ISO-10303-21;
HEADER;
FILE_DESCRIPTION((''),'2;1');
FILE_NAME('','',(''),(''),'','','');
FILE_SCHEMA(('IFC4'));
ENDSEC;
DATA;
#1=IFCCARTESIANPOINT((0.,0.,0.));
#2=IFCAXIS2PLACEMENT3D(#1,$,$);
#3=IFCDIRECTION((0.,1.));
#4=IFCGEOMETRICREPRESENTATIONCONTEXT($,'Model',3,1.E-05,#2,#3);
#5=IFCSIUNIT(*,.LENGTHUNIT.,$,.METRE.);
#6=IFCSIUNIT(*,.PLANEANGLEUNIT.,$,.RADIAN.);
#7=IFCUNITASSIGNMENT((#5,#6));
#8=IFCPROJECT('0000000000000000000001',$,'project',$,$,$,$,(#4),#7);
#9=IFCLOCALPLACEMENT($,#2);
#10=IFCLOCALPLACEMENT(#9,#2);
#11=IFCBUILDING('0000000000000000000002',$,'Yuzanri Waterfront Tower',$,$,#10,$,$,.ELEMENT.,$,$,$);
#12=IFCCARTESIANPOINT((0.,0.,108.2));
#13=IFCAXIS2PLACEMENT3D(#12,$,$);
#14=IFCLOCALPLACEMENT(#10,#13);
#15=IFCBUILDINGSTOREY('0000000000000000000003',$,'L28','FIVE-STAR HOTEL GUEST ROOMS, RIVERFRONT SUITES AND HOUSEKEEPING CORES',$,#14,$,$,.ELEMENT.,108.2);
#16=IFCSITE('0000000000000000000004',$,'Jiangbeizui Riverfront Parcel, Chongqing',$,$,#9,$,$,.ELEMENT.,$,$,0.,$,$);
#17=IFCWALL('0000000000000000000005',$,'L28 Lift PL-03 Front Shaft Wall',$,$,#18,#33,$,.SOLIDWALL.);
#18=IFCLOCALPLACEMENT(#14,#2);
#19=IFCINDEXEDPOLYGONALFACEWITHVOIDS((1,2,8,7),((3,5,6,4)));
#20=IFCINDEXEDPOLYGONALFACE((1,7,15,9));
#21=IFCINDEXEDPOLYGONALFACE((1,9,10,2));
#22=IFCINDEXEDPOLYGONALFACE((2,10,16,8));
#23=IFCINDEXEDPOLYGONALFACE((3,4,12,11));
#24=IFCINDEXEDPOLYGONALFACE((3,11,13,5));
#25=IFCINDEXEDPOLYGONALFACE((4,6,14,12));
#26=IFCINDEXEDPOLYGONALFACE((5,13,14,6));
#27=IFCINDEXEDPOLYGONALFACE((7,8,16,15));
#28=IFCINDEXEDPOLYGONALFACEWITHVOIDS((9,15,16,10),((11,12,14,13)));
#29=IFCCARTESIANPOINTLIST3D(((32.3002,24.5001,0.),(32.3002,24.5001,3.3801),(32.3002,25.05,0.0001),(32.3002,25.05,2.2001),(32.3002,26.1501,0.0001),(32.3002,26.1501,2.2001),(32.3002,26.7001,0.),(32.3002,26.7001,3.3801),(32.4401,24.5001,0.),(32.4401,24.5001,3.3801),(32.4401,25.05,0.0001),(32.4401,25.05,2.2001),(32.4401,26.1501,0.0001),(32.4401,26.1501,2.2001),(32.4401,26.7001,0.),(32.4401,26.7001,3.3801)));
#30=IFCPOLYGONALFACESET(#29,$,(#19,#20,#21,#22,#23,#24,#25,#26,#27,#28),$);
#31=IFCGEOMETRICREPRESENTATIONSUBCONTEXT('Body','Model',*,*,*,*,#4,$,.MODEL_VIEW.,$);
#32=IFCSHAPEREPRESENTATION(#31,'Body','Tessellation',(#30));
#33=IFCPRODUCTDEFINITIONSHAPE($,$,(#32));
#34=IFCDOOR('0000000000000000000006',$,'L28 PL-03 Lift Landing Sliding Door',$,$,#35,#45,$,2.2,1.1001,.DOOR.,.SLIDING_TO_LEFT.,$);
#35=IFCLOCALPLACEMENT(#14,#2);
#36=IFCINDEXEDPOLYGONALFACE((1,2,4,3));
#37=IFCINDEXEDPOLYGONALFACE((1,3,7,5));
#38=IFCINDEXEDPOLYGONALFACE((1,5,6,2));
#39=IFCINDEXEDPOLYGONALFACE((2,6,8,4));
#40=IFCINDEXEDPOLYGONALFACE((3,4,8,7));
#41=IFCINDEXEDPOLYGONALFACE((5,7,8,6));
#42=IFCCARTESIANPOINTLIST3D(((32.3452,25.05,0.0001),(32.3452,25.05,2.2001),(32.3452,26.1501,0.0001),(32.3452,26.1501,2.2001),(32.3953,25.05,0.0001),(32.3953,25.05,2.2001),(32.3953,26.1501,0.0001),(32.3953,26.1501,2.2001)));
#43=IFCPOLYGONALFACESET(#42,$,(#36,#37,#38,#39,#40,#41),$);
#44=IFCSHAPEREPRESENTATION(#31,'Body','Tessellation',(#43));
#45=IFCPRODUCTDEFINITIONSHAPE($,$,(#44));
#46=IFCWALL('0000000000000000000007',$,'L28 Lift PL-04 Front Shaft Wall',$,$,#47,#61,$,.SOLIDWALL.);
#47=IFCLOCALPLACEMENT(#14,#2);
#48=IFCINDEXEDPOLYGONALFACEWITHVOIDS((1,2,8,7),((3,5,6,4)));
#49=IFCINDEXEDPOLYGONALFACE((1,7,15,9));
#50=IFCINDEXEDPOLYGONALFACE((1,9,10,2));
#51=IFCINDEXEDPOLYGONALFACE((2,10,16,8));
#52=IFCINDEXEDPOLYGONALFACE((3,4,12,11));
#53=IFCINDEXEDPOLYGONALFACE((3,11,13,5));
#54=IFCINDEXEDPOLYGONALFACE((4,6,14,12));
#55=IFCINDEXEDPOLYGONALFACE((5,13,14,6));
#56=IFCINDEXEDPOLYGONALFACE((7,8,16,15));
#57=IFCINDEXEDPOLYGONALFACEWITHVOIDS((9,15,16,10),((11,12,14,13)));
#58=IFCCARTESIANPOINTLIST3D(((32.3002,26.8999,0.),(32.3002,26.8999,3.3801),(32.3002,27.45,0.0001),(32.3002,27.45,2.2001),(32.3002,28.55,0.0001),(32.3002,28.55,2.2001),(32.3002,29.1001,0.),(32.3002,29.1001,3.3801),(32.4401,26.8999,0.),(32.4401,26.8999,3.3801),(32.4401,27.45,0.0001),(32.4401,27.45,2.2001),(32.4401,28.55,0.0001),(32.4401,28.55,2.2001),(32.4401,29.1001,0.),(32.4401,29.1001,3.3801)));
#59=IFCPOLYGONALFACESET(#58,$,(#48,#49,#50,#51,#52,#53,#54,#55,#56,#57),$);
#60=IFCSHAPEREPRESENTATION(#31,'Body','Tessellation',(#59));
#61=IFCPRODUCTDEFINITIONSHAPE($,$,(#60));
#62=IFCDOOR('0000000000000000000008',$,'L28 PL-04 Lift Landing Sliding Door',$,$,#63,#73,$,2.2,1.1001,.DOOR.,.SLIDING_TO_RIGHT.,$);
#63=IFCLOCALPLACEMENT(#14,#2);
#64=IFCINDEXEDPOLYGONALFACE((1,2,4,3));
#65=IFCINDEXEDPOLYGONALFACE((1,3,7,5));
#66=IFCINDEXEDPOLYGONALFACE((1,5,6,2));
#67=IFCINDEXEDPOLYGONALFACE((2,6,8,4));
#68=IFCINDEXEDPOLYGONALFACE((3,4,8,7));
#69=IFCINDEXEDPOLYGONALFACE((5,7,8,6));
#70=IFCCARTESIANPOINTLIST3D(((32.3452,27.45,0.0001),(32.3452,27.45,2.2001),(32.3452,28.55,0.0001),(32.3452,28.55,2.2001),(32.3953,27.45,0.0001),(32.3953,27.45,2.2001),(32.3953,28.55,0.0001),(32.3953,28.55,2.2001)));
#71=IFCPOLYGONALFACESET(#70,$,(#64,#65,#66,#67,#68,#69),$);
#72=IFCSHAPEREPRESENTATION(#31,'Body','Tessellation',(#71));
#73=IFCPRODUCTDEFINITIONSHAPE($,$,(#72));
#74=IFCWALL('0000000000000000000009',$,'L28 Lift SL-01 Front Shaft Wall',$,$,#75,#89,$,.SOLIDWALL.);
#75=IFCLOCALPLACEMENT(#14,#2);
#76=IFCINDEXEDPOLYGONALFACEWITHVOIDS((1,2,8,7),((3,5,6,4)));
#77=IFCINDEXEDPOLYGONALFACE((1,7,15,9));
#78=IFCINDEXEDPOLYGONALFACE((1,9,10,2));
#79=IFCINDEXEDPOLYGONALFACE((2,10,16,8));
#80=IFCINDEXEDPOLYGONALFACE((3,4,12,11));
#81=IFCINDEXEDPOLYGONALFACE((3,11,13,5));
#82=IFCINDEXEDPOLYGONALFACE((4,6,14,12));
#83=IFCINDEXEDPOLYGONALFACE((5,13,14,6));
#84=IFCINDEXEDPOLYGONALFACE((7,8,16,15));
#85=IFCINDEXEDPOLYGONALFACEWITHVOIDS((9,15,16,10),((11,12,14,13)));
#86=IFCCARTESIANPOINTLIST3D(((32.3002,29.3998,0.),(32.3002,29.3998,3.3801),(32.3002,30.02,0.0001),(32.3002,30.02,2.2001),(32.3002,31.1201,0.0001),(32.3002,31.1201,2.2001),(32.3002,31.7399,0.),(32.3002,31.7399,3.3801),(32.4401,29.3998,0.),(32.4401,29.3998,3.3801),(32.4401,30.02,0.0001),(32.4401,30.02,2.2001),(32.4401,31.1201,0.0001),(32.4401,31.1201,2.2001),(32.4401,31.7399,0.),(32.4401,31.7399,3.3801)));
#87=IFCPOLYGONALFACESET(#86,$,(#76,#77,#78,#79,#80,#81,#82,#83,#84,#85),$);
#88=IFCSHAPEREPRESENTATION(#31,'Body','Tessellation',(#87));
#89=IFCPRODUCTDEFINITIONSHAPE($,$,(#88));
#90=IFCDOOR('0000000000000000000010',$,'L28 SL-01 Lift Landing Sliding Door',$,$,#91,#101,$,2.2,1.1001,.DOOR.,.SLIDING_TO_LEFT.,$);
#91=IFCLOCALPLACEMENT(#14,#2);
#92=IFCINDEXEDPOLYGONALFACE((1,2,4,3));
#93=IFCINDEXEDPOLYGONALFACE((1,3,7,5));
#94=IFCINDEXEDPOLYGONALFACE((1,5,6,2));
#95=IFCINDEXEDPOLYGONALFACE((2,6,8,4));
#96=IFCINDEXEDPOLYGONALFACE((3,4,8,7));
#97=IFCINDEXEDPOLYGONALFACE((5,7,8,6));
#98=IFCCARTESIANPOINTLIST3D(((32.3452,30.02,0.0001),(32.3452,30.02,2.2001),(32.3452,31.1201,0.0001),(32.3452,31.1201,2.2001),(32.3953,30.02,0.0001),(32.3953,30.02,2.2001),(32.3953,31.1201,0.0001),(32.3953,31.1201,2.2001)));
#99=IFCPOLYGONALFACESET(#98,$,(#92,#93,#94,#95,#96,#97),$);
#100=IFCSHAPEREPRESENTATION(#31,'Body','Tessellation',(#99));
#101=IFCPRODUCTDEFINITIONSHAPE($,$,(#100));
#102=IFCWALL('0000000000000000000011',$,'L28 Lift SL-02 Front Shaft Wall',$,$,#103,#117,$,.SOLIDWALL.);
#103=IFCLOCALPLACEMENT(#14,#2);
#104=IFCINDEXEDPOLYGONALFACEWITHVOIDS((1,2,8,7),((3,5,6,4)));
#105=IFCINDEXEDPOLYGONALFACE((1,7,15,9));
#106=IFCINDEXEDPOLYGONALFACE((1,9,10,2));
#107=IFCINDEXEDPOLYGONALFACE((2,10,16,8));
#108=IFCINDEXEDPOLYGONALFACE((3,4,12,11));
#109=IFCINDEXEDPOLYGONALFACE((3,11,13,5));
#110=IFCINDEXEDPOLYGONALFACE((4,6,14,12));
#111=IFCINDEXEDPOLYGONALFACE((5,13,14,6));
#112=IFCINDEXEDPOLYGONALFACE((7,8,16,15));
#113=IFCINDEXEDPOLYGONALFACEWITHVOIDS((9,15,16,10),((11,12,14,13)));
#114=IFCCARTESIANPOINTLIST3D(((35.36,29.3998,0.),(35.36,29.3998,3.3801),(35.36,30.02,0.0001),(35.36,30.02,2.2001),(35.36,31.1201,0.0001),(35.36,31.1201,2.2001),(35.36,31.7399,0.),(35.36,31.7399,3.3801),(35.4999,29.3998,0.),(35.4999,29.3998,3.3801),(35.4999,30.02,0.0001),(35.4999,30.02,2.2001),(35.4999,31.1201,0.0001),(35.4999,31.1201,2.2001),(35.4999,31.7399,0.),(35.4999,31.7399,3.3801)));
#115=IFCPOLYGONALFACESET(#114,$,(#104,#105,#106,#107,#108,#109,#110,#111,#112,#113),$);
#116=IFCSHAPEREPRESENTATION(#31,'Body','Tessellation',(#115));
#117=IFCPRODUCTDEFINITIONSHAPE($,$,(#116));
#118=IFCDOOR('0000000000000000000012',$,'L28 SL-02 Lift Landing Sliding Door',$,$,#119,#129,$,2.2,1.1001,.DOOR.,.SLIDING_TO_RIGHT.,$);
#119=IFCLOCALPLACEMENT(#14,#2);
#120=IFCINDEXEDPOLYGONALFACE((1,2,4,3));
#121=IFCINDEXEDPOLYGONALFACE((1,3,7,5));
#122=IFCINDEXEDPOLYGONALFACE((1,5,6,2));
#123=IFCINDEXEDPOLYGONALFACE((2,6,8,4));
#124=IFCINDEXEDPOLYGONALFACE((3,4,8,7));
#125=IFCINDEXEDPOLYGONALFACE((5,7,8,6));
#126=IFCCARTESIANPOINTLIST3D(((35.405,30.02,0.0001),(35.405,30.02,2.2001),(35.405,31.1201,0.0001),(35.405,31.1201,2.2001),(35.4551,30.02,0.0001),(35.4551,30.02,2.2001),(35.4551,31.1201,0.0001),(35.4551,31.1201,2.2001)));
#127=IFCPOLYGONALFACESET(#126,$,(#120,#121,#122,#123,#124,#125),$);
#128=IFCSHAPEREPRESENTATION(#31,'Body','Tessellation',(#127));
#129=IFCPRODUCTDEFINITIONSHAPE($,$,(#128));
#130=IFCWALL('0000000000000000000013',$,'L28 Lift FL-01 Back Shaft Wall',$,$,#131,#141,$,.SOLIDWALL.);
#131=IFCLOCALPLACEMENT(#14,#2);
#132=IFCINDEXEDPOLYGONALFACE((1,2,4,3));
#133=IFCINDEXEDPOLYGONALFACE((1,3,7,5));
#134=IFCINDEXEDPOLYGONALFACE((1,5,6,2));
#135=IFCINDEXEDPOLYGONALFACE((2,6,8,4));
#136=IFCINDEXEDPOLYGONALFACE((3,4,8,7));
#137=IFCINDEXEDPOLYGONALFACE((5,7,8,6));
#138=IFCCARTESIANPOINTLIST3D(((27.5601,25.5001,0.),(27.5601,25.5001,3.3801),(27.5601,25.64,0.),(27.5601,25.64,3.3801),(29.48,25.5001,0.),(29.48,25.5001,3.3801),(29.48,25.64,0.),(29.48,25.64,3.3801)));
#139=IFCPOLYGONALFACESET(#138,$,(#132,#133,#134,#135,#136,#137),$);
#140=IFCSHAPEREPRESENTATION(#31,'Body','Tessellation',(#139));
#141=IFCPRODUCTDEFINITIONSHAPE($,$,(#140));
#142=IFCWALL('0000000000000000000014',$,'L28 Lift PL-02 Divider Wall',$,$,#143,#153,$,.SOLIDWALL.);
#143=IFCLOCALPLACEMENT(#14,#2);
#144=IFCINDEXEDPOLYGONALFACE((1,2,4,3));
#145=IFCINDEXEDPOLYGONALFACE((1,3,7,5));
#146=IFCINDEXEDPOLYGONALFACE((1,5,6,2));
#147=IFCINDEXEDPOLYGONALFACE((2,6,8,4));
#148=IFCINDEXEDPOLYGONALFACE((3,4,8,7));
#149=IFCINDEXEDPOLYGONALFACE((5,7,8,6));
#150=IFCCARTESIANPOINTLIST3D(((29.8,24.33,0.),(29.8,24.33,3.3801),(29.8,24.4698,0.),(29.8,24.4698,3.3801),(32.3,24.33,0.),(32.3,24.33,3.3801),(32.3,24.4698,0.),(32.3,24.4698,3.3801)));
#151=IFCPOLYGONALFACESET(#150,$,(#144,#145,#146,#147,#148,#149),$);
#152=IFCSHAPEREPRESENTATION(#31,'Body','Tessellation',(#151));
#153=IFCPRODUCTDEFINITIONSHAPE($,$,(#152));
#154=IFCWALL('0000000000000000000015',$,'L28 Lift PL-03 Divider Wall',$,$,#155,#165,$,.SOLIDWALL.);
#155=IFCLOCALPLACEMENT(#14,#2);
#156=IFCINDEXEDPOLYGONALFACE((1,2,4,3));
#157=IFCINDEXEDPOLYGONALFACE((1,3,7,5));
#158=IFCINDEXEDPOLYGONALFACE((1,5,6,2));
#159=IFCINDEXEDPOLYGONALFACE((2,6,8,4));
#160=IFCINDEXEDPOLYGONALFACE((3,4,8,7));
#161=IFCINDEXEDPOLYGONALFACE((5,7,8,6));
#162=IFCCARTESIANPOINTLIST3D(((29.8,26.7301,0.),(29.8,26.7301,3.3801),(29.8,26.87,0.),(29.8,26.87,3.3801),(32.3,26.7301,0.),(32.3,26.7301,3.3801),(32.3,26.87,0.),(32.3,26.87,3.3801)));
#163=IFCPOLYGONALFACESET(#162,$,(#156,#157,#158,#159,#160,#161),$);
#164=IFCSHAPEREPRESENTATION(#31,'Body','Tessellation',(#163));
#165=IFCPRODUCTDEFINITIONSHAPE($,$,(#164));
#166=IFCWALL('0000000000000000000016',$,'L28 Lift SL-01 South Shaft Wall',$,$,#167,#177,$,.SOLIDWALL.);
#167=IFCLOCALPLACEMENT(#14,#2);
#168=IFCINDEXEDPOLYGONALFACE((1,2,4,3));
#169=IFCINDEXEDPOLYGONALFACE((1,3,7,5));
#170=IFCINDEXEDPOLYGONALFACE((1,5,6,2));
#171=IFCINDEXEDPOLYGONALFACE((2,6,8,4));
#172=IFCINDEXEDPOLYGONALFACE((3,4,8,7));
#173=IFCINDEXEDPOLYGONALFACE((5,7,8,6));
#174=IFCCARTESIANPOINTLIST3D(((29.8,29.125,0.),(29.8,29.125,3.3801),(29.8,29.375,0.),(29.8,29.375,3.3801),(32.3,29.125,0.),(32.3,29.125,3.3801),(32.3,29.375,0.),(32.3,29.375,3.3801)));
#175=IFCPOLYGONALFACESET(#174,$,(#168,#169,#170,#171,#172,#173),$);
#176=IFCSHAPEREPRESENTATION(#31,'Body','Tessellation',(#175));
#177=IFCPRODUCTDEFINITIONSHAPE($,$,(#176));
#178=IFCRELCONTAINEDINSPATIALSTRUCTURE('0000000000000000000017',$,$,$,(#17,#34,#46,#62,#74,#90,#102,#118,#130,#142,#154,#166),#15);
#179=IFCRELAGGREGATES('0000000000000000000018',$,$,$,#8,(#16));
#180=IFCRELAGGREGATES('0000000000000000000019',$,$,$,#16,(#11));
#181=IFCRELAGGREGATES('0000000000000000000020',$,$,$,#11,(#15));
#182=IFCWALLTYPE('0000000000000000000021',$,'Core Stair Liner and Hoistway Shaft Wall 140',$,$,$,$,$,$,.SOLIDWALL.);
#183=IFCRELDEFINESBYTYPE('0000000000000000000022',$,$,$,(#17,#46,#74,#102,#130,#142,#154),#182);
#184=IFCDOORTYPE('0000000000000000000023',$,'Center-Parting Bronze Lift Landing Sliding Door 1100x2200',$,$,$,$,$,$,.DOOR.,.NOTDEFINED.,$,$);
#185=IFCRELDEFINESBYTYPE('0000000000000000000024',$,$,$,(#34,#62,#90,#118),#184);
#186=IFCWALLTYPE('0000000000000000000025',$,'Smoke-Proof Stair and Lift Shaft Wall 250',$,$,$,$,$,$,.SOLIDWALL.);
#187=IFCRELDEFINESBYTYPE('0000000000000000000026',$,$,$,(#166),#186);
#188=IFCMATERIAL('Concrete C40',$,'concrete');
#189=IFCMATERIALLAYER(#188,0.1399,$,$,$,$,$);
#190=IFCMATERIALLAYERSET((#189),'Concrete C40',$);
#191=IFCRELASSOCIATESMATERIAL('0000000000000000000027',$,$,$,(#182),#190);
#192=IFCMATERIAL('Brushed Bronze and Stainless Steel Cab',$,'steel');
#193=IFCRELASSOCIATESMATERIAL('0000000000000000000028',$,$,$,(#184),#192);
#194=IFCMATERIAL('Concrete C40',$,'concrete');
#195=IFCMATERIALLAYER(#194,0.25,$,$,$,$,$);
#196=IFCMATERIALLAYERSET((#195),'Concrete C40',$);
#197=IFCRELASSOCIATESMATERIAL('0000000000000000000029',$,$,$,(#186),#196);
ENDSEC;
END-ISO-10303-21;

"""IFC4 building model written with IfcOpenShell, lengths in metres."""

from ifc_helpers import new_model, si_unit, direction, frame, frame_2d, origin, place, context, subcontext, project, spatial, rectangle, extrude, source, transform, mapped, material, layer, layer_set, type_object, element, fill, save


model = new_model("IFC4")

# Units and contexts
model_context = context("Model", 3, precision=1e-05, world=origin(), true_north=direction((0.0, 1.0)))
body_context = subcontext(model_context, "Body", "Model", "MODEL_VIEW")
ifc_project = project(units=[si_unit("LENGTHUNIT", "METRE"), si_unit("PLANEANGLEUNIT", "RADIAN")], contexts=[model_context])

# Site, building, storey
site_placement = place(None, origin())
site = spatial("IfcSite", under=ifc_project, at=site_placement, Name="Jiangbeizui Riverfront Parcel, Chongqing", CompositionType="ELEMENT", RefElevation=0.0)
building_placement = place(site_placement, origin())
building = spatial("IfcBuilding", under=site, at=building_placement, Name="Yuzanri Waterfront Tower", CompositionType="ELEMENT")
storey_placement = place(building_placement, frame((0.0, 0.0, 108.2)))
storey = spatial("IfcBuildingStorey", under=building, at=storey_placement, Name="L28", Description="FIVE-STAR HOTEL GUEST ROOMS, RIVERFRONT SUITES AND HOUSEKEEPING CORES", CompositionType="ELEMENT", Elevation=108.2)

# Walls, openings, doors
ifc_material_1 = material(Name="Concrete C40", Category="concrete")
ifc_layer_1 = layer(ifc_material_1, 0.1399)
ifc_layer_set_1 = layer_set([ifc_layer_1], Name="Concrete C40")
wall_type_1 = type_object("IfcWallType", Name="Core Stair Liner and Hoistway Shaft Wall 140", PredefinedType="SOLIDWALL", material=ifc_layer_set_1)
wall_1_placement = place(storey_placement, frame((32.3701, 24.5, 0.0), z_axis=(0.0, 0.0, 1.0), x_axis=(0.0, 1.0, 0.0)))
wall_1 = element("IfcWall", 1, at=wall_1_placement, inside=storey, type_object=wall_type_1, Name="L28 Lift PL-03 Front Shaft Wall", PredefinedType="SOLIDWALL", context=body_context, shape_type="SweptSolid", body=[
    extrude(rectangle(XDim=2.2, YDim=0.1399, at=frame_2d((1.1001, 0.0))), origin(), (0.0, 0.0, 1.0), 3.3801),
])
opening_1_placement = place(wall_1_placement, frame((0.55, 0.0, 0.0)))
opening_1 = element("IfcOpeningElement", 2, at=opening_1_placement, cuts=wall_1, PredefinedType="OPENING", context=body_context, shape_type="SweptSolid", body=[
    extrude(rectangle(XDim=1.1001, YDim=2.2, at=frame_2d((0.55, 1.1001))), frame((0.0, 0.085, 0.0), z_axis=(0.0, -1.0, 0.0), x_axis=(1.0, 0.0, 0.0)), (0.0, 0.0, 1.0), 0.1697),
])
ifc_material_2 = material(Name="Brushed Bronze and Stainless Steel Cab", Category="steel")
door_type_1 = type_object("IfcDoorType", Name="Center-Parting Bronze Lift Landing Sliding Door 1100x2200", OperationType="NOTDEFINED", PredefinedType="DOOR", material=ifc_material_2)
shared_shape_1 = source(origin(), body_context, "Body", "SweptSolid", [
    extrude(rectangle(XDim=1.1001, YDim=2.2, at=frame_2d((0.55, 1.1001))), frame((0.0, 0.0249, 0.0), z_axis=(0.0, -1.0, 0.0), x_axis=(1.0, 0.0, 0.0)), (0.0, 0.0, 1.0), 0.05),
])
door_1_placement = place(opening_1_placement, origin())
door_1 = element("IfcDoor", 3, at=door_1_placement, inside=storey, type_object=door_type_1, Name="L28 PL-03 Lift Landing Sliding Door", OperationType="SLIDING_TO_LEFT", OverallHeight=2.2, OverallWidth=1.1001, PredefinedType="DOOR", context=body_context, shape_type="MappedRepresentation", body=[
    mapped(shared_shape_1, transform((0.0, 0.0, 0.0), scale=1.0)),
])
fill(opening_1, door_1)
wall_2_placement = place(storey_placement, frame((32.3701, 26.8999, 0.0), z_axis=(0.0, 0.0, 1.0), x_axis=(0.0, 1.0, 0.0)))
wall_2 = element("IfcWall", 4, at=wall_2_placement, inside=storey, type_object=wall_type_1, Name="L28 Lift PL-04 Front Shaft Wall", PredefinedType="SOLIDWALL", context=body_context, shape_type="SweptSolid", body=[
    extrude(rectangle(XDim=2.2002, YDim=0.1399, at=frame_2d((1.1001, 0.0))), origin(), (0.0, 0.0, 1.0), 3.3801),
])
opening_2_placement = place(wall_2_placement, frame((0.55, 0.0, 0.0)))
opening_2 = element("IfcOpeningElement", 5, at=opening_2_placement, cuts=wall_2, PredefinedType="OPENING", context=body_context, shape_type="SweptSolid", body=[
    extrude(rectangle(XDim=1.1001, YDim=2.2, at=frame_2d((0.55, 1.1001))), frame((0.0, 0.085, 0.0), z_axis=(0.0, -1.0, 0.0), x_axis=(1.0, 0.0, 0.0)), (0.0, 0.0, 1.0), 0.1697),
])
door_2_placement = place(opening_2_placement, origin())
door_2 = element("IfcDoor", 6, at=door_2_placement, inside=storey, type_object=door_type_1, Name="L28 PL-04 Lift Landing Sliding Door", OperationType="SLIDING_TO_RIGHT", OverallHeight=2.2, OverallWidth=1.1001, PredefinedType="DOOR", context=body_context, shape_type="MappedRepresentation", body=[
    mapped(shared_shape_1, transform((0.0, 0.0, 0.0), scale=1.0)),
])
fill(opening_2, door_2)
wall_3_placement = place(storey_placement, frame((32.3701, 29.3999, 0.0), z_axis=(0.0, 0.0, 1.0), x_axis=(0.0, 1.0, 0.0)))
wall_3 = element("IfcWall", 7, at=wall_3_placement, inside=storey, type_object=wall_type_1, Name="L28 Lift SL-01 Front Shaft Wall", PredefinedType="SOLIDWALL", context=body_context, shape_type="SweptSolid", body=[
    extrude(rectangle(XDim=2.3401, YDim=0.1399, at=frame_2d((1.1699, 0.0))), origin(), (0.0, 0.0, 1.0), 3.3801),
])
opening_3_placement = place(wall_3_placement, frame((0.6201, 0.0, 0.0)))
opening_3 = element("IfcOpeningElement", 8, at=opening_3_placement, cuts=wall_3, PredefinedType="OPENING", context=body_context, shape_type="SweptSolid", body=[
    extrude(rectangle(XDim=1.1001, YDim=2.2, at=frame_2d((0.55, 1.1001))), frame((0.0, 0.085, 0.0), z_axis=(0.0, -1.0, 0.0), x_axis=(1.0, 0.0, 0.0)), (0.0, 0.0, 1.0), 0.1697),
])
door_3_placement = place(opening_3_placement, origin())
door_3 = element("IfcDoor", 9, at=door_3_placement, inside=storey, type_object=door_type_1, Name="L28 SL-01 Lift Landing Sliding Door", OperationType="SLIDING_TO_LEFT", OverallHeight=2.2, OverallWidth=1.1001, PredefinedType="DOOR", context=body_context, shape_type="MappedRepresentation", body=[
    mapped(shared_shape_1, transform((0.0, 0.0, 0.0), scale=1.0)),
])
fill(opening_3, door_3)
wall_4_placement = place(storey_placement, frame((35.4299, 29.3999, 0.0), z_axis=(0.0, 0.0, 1.0), x_axis=(0.0, 1.0, 0.0)))
wall_4 = element("IfcWall", 10, at=wall_4_placement, inside=storey, type_object=wall_type_1, Name="L28 Lift SL-02 Front Shaft Wall", PredefinedType="SOLIDWALL", context=body_context, shape_type="SweptSolid", body=[
    extrude(rectangle(XDim=2.3401, YDim=0.1399, at=frame_2d((1.1699, 0.0))), origin(), (0.0, 0.0, 1.0), 3.3801),
])
opening_4_placement = place(wall_4_placement, frame((0.6201, 0.0, 0.0)))
opening_4 = element("IfcOpeningElement", 11, at=opening_4_placement, cuts=wall_4, PredefinedType="OPENING", context=body_context, shape_type="SweptSolid", body=[
    extrude(rectangle(XDim=1.1001, YDim=2.2, at=frame_2d((0.55, 1.1001))), frame((0.0, 0.085, 0.0), z_axis=(0.0, -1.0, 0.0), x_axis=(1.0, 0.0, 0.0)), (0.0, 0.0, 1.0), 0.1697),
])
door_4_placement = place(opening_4_placement, origin())
door_4 = element("IfcDoor", 12, at=door_4_placement, inside=storey, type_object=door_type_1, Name="L28 SL-02 Lift Landing Sliding Door", OperationType="SLIDING_TO_RIGHT", OverallHeight=2.2, OverallWidth=1.1001, PredefinedType="DOOR", context=body_context, shape_type="MappedRepresentation", body=[
    mapped(shared_shape_1, transform((0.0, 0.0, 0.0), scale=1.0)),
])
fill(opening_4, door_4)

# Walls
shared_shape_2 = source(origin(), body_context, "Body", "SweptSolid", [
    extrude(rectangle(XDim=1.9199, YDim=0.1399, at=frame_2d((0.96, 0.0))), origin(), (0.0, 0.0, 1.0), 3.3801),
])
wall_5_placement = place(storey_placement, frame((27.5601, 25.5701, 0.0), z_axis=(0.0, 0.0, 1.0), x_axis=(1.0, 0.0, 0.0)))
element("IfcWall", 13, at=wall_5_placement, inside=storey, type_object=wall_type_1, Name="L28 Lift FL-01 Back Shaft Wall", PredefinedType="SOLIDWALL", context=body_context, shape_type="MappedRepresentation", body=[
    mapped(shared_shape_2, transform((0.0, 0.0, 0.0), scale=1.0)),
])
shared_shape_3 = source(origin(), body_context, "Body", "SweptSolid", [
    extrude(rectangle(XDim=2.5, YDim=0.1399, at=frame_2d((1.25, 0.0))), origin(), (0.0, 0.0, 1.0), 3.3801),
])
for number, where, z_axis, x_axis, name in (
    (14, (29.8, 24.3999, 0.0), (0.0, 0.0, 1.0), (1.0, 0.0, 0.0), "L28 Lift PL-02 Divider Wall"),
    (15, (29.8, 26.8, 0.0), (0.0, 0.0, 1.0), (1.0, 0.0, 0.0), "L28 Lift PL-03 Divider Wall"),
):
    element("IfcWall", number, at=place(storey_placement, frame(where, z_axis=z_axis, x_axis=x_axis)), inside=storey, type_object=wall_type_1, Name=name, PredefinedType="SOLIDWALL", context=body_context, shape_type="MappedRepresentation", body=[
        mapped(shared_shape_3, transform((0.0, 0.0, 0.0), scale=1.0)),
    ])
ifc_material_3 = material(Name="Concrete C40", Category="concrete")
ifc_layer_2 = layer(ifc_material_3, 0.25)
ifc_layer_set_2 = layer_set([ifc_layer_2], Name="Concrete C40")
wall_type_2 = type_object("IfcWallType", Name="Smoke-Proof Stair and Lift Shaft Wall 250", PredefinedType="SOLIDWALL", material=ifc_layer_set_2)
shared_shape_4 = source(origin(), body_context, "Body", "SweptSolid", [
    extrude(rectangle(XDim=2.5, YDim=0.25, at=frame_2d((1.25, 0.0))), origin(), (0.0, 0.0, 1.0), 3.3801),
])
wall_6_placement = place(storey_placement, frame((29.8, 29.25, 0.0), z_axis=(0.0, 0.0, 1.0), x_axis=(1.0, 0.0, 0.0)))
element("IfcWall", 16, at=wall_6_placement, inside=storey, type_object=wall_type_2, Name="L28 Lift SL-01 South Shaft Wall", PredefinedType="SOLIDWALL", context=body_context, shape_type="MappedRepresentation", body=[
    mapped(shared_shape_4, transform((0.0, 0.0, 0.0), scale=1.0)),
])

save(model, "model.ifc")
